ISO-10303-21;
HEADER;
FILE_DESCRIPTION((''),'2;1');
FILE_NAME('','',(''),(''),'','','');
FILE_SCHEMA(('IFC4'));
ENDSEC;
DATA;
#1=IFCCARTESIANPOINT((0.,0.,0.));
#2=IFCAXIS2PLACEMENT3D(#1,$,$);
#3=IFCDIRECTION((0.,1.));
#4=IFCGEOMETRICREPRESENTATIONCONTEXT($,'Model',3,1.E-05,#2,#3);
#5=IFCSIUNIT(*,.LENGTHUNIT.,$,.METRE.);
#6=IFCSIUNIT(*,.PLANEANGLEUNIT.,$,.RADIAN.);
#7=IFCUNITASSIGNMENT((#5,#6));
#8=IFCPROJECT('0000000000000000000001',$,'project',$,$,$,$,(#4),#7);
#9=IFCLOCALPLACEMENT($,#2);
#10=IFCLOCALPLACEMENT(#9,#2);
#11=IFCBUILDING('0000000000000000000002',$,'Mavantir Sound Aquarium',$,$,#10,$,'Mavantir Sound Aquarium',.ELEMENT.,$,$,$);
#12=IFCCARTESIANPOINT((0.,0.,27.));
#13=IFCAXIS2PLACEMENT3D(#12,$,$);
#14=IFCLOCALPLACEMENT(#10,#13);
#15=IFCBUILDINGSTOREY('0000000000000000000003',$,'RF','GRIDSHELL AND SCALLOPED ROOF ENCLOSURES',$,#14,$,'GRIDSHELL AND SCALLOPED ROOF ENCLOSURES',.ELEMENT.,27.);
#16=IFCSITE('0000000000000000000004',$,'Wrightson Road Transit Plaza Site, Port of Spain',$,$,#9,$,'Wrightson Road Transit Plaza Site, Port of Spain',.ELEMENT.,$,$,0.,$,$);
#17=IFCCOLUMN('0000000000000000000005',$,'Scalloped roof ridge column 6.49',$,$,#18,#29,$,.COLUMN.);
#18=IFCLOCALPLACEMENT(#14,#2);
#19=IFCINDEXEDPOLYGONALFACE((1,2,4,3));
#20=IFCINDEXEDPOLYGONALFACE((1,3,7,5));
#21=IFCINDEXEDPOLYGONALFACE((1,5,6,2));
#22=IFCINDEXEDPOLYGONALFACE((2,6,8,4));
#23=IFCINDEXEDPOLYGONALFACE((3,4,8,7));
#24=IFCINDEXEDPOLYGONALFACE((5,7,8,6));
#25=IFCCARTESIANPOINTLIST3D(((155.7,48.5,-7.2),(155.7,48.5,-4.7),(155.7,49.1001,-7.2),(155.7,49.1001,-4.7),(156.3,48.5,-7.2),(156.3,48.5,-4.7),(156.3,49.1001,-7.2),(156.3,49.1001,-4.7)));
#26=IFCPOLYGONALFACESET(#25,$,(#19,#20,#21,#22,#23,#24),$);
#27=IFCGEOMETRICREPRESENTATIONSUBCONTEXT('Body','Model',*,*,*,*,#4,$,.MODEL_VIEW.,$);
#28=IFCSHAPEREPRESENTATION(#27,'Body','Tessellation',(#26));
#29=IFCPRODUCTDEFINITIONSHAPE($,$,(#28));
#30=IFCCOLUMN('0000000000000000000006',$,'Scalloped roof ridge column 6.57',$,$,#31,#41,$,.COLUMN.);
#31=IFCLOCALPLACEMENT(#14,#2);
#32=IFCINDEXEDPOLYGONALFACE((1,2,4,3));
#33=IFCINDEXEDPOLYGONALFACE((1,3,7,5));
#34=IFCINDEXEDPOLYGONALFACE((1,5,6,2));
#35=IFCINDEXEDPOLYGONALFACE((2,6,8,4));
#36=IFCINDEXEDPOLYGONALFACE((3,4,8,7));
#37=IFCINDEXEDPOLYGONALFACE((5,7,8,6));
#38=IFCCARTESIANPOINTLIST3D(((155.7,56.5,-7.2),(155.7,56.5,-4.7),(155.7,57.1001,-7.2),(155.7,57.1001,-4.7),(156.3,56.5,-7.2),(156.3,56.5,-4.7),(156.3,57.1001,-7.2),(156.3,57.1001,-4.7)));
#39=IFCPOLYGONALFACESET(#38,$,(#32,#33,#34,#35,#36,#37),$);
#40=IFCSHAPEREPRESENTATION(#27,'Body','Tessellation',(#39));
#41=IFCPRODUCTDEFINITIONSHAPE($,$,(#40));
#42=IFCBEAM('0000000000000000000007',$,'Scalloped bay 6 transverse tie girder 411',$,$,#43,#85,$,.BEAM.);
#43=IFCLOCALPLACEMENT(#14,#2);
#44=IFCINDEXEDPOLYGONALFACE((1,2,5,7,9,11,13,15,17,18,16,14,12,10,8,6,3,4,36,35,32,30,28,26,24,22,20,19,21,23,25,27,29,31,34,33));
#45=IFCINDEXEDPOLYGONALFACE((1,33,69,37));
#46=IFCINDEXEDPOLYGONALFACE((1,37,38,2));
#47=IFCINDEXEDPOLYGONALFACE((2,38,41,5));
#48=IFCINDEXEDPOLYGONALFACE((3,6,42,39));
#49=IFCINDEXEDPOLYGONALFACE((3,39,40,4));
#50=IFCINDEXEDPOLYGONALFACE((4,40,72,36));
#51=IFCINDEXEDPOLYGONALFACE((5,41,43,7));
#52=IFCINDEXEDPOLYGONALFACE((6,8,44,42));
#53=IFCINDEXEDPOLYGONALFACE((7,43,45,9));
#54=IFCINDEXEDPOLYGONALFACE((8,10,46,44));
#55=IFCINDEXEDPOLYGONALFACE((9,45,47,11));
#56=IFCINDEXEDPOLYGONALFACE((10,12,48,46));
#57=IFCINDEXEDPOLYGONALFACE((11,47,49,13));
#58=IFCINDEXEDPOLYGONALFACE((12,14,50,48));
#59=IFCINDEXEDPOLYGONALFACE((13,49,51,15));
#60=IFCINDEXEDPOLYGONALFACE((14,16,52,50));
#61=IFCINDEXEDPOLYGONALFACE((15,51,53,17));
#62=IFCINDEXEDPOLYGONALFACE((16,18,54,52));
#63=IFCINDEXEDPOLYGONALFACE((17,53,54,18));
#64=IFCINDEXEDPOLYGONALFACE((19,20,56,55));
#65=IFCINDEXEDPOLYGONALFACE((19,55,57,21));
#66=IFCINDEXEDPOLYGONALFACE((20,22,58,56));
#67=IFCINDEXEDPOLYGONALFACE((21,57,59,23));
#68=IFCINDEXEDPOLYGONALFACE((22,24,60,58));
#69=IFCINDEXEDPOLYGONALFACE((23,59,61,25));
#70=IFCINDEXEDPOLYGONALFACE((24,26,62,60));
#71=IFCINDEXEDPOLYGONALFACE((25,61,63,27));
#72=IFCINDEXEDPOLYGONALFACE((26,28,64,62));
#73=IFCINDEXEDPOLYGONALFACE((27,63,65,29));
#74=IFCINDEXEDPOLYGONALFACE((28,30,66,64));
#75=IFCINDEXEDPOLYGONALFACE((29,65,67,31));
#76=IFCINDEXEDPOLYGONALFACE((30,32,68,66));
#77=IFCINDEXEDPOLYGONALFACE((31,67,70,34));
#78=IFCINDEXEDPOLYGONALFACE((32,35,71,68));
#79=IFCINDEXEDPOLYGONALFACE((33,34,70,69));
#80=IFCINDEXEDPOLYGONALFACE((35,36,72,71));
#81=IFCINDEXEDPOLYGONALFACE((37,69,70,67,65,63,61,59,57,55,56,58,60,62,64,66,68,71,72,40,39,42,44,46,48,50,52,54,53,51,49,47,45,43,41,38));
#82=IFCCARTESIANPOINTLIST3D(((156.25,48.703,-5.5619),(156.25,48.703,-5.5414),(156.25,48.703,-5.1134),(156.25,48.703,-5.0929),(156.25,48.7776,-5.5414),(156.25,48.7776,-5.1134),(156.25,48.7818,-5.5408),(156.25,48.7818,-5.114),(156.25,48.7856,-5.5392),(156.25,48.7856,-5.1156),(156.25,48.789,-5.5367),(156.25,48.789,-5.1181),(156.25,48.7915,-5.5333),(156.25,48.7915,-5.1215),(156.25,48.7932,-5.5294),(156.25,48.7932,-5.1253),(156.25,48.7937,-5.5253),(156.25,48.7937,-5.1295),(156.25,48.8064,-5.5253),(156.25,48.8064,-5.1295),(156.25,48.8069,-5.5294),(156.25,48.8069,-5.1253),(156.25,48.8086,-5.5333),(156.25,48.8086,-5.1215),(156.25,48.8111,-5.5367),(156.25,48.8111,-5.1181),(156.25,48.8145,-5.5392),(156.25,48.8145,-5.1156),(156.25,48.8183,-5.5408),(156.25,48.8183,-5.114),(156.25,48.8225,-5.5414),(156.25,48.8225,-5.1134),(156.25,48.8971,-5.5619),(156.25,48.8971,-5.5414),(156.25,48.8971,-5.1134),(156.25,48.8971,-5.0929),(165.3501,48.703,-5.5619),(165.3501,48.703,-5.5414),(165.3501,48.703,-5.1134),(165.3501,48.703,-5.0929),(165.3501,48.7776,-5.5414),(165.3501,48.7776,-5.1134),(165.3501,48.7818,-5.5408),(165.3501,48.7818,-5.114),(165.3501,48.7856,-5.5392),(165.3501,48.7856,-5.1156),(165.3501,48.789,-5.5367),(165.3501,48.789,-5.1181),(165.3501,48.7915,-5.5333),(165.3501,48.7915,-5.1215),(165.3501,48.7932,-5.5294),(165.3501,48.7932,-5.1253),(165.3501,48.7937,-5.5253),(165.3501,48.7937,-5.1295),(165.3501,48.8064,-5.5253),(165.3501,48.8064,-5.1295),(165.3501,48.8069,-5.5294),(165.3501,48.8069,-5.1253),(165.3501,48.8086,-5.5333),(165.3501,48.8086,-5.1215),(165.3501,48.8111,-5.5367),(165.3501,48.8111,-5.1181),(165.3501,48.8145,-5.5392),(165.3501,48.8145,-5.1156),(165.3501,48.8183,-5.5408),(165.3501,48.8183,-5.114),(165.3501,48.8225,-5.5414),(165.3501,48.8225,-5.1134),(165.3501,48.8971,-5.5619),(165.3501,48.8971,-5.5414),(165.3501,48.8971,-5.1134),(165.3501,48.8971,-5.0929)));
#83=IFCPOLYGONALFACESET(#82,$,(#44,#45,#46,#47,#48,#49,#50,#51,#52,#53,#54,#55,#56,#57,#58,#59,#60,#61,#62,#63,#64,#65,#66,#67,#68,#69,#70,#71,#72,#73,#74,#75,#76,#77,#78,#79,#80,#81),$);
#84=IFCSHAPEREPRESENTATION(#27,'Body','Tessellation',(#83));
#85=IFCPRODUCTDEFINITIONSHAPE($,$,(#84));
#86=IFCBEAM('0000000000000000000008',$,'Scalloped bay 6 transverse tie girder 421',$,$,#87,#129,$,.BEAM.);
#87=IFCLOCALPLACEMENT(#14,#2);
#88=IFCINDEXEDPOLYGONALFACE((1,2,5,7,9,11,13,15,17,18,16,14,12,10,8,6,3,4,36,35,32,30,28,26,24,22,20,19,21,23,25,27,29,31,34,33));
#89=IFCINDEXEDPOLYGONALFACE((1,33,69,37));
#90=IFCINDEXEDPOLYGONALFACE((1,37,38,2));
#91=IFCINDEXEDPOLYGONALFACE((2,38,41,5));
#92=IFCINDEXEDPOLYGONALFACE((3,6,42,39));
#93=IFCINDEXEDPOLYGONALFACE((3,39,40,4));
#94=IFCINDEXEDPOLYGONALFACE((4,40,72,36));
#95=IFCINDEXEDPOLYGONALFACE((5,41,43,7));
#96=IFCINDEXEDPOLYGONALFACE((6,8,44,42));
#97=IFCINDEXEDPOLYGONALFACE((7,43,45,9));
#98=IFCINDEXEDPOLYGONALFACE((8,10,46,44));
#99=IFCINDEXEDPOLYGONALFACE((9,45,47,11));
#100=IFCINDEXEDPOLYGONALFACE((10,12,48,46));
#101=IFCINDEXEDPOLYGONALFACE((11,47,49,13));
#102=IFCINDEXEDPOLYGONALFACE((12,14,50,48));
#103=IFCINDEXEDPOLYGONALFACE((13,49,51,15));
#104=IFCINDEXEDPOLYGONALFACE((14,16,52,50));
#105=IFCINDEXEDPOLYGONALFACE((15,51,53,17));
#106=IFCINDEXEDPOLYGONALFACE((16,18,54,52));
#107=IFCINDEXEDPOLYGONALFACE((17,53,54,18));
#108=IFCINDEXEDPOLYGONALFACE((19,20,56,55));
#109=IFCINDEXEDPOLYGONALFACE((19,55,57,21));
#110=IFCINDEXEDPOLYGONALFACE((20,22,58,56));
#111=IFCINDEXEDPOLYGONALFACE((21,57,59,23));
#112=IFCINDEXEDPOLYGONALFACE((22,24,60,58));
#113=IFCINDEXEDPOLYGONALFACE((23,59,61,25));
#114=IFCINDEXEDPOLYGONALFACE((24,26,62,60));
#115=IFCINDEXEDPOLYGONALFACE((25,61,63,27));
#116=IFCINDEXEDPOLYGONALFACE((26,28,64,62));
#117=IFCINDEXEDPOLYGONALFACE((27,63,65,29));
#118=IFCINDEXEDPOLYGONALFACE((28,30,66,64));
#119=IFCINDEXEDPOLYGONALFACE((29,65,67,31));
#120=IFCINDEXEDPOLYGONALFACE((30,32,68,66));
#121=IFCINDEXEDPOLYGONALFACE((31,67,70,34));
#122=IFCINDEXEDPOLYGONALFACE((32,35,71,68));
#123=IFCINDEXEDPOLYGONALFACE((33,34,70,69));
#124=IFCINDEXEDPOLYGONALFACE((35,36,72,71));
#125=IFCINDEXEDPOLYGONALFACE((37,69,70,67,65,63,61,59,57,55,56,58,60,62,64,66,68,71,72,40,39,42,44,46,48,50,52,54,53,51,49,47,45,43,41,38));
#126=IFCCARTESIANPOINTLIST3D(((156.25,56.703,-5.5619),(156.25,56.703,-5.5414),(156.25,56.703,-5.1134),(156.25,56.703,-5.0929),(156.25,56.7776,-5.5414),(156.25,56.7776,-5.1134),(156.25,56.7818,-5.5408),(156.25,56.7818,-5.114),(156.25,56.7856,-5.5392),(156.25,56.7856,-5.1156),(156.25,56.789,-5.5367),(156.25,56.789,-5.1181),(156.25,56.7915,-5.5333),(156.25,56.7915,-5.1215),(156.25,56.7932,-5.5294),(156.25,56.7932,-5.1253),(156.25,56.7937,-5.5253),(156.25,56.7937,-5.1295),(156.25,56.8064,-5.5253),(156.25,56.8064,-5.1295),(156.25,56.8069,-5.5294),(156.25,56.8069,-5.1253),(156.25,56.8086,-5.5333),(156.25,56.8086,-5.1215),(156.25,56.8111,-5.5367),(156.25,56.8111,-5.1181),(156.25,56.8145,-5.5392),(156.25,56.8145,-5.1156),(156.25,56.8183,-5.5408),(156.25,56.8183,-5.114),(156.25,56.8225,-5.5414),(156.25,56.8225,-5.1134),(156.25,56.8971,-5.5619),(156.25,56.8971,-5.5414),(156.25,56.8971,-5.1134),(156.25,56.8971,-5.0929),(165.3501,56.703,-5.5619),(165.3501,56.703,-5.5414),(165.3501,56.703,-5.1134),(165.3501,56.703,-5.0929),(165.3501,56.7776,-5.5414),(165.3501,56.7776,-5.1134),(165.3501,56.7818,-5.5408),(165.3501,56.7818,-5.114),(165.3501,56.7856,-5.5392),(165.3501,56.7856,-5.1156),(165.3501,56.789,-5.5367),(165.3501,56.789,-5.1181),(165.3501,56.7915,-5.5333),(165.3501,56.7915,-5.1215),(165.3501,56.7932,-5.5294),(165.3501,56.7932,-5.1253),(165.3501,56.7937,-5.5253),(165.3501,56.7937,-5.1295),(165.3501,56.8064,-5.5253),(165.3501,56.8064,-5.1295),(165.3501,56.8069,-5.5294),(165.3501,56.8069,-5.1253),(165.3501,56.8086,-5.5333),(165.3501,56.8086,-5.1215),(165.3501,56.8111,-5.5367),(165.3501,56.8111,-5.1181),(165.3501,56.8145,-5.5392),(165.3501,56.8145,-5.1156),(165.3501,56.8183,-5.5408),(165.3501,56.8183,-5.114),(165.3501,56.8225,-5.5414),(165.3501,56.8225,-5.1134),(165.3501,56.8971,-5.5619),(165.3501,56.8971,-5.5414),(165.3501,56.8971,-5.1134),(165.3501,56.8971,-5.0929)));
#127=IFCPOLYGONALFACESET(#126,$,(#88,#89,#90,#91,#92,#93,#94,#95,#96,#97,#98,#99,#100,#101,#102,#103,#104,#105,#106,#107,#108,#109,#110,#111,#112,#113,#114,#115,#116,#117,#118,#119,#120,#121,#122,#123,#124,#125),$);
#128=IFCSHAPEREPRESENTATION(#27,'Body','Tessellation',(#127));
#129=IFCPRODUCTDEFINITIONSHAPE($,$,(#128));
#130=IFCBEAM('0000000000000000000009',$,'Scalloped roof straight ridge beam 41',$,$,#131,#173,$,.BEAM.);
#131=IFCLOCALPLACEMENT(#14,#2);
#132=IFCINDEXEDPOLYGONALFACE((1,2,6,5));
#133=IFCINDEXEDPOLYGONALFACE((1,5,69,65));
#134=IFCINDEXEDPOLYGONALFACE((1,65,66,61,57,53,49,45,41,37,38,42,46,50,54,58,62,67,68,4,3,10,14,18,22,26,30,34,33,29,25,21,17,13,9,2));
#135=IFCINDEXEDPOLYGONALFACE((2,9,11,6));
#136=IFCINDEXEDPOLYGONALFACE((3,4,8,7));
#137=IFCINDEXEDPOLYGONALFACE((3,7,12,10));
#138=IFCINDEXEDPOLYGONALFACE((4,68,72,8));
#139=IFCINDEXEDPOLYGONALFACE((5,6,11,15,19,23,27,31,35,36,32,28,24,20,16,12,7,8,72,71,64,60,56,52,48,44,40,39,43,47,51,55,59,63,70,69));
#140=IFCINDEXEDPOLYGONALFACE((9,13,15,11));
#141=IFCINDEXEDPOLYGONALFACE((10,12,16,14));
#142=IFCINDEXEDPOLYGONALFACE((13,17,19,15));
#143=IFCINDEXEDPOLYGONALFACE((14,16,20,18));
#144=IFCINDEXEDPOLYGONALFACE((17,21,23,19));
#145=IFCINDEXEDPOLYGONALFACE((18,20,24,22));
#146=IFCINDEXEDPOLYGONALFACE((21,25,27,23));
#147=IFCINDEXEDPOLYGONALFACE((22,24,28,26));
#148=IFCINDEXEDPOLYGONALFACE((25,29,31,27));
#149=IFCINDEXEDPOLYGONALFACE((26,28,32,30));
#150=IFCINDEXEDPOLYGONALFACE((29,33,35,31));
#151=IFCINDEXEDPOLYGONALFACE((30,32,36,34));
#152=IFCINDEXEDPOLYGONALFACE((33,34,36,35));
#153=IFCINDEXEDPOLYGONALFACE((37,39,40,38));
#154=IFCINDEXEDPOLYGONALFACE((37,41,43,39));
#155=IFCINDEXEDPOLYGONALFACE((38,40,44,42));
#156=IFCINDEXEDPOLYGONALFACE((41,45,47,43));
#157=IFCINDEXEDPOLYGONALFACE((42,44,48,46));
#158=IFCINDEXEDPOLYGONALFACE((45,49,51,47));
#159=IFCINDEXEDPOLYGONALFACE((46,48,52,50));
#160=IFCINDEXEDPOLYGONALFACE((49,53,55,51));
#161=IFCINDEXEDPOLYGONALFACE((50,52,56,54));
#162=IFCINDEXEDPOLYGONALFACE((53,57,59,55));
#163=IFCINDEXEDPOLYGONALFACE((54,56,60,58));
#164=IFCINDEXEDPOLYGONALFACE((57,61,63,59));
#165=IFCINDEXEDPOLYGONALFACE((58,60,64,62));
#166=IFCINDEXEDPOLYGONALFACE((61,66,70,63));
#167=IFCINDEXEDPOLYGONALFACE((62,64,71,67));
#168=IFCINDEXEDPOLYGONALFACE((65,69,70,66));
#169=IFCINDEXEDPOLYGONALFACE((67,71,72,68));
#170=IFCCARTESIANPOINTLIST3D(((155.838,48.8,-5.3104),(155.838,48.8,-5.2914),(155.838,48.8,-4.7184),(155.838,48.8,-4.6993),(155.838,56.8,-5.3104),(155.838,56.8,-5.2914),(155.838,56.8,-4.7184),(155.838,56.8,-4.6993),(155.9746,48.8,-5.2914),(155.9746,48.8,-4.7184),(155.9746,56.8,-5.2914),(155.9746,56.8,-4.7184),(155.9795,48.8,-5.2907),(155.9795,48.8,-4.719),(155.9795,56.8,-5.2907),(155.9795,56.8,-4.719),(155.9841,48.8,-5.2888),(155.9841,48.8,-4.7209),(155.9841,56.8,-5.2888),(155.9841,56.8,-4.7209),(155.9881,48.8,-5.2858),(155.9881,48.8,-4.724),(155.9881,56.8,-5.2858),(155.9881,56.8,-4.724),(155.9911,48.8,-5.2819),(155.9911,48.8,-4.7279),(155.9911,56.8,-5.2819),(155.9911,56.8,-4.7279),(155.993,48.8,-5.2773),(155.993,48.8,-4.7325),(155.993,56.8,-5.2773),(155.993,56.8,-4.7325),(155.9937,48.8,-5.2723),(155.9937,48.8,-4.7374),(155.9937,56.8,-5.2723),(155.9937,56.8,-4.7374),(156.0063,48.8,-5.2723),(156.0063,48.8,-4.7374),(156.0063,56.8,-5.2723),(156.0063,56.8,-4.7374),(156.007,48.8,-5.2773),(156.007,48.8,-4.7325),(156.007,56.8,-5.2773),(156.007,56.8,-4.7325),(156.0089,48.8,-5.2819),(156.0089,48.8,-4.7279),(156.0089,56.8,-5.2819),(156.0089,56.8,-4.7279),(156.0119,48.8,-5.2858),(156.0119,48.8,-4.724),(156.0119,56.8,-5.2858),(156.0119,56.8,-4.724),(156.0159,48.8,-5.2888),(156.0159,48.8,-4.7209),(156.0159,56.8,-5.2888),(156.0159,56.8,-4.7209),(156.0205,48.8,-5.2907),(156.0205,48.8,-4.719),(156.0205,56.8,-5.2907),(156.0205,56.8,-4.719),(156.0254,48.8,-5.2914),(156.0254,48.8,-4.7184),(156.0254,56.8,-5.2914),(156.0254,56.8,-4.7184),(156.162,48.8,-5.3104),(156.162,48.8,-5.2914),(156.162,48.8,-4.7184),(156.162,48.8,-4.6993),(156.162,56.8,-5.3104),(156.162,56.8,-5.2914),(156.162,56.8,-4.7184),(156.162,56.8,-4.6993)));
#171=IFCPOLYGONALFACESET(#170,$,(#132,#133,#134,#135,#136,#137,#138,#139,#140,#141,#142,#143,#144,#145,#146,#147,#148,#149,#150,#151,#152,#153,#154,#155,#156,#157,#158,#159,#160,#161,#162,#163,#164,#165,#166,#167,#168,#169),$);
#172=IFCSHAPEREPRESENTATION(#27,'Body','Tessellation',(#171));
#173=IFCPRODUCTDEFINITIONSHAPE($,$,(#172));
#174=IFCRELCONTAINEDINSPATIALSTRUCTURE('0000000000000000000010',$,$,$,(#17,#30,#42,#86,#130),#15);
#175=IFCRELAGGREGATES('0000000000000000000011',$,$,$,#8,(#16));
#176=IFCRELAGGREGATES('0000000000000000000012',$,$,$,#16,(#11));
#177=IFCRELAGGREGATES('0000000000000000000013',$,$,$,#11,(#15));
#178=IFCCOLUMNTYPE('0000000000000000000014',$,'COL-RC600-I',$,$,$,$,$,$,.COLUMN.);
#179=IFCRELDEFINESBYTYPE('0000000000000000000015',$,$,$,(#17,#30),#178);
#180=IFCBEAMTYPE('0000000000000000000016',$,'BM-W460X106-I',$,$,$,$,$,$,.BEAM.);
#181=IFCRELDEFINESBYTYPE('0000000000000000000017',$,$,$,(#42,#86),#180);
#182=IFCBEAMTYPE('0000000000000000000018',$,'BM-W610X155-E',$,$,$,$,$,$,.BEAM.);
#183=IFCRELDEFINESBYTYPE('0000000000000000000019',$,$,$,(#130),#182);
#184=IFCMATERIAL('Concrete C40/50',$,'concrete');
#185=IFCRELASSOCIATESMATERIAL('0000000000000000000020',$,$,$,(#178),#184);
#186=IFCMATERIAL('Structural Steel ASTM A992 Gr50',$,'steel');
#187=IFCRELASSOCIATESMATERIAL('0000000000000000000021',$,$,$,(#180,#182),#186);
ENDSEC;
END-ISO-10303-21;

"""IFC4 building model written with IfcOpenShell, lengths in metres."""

from ifc_helpers import new_model, si_unit, direction, frame, origin, origin_2d, place, context, subcontext, project, spatial, rectangle, i_section, extrude, material, material_profile, profile_set, type_object, element, save


model = new_model("IFC4")

# Units and contexts
model_context = context("Model", 3, precision=1e-05, world=origin(), true_north=direction((0.0, 1.0)))
body_context = subcontext(model_context, "Body", "Model", "MODEL_VIEW")
ifc_project = project(units=[si_unit("LENGTHUNIT", "METRE"), si_unit("PLANEANGLEUNIT", "RADIAN")], contexts=[model_context])

# Site, building, storey
site_placement = place(None, origin())
site = spatial("IfcSite", under=ifc_project, at=site_placement, Name="Wrightson Road Transit Plaza Site, Port of Spain", LongName="Wrightson Road Transit Plaza Site, Port of Spain", CompositionType="ELEMENT", RefElevation=0.0)
building_placement = place(site_placement, origin())
building = spatial("IfcBuilding", under=site, at=building_placement, Name="Mavantir Sound Aquarium", LongName="Mavantir Sound Aquarium", CompositionType="ELEMENT")
storey_placement = place(building_placement, frame((0.0, 0.0, 27.0)))
storey = spatial("IfcBuildingStorey", under=building, at=storey_placement, Name="RF", Description="GRIDSHELL AND SCALLOPED ROOF ENCLOSURES", LongName="GRIDSHELL AND SCALLOPED ROOF ENCLOSURES", CompositionType="ELEMENT", Elevation=27.0)

# Columns
ifc_material_1 = material(Name="Concrete C40/50", Category="concrete")
ifc_material_profile_1 = material_profile(ifc_material_1, rectangle(XDim=0.6001, YDim=0.6001, at=origin_2d()), Name="RC 600X600")
ifc_profile_set_1 = profile_set([ifc_material_profile_1], Name="Concrete C40/50")
column_type = type_object("IfcColumnType", Name="COL-RC600-I", PredefinedType="COLUMN", material=ifc_profile_set_1)
for number, where, z_axis, x_axis, name in (
    (1, (156.0, 48.8, -7.2), (0.0, 0.0, 1.0), (1.0, 0.0, 0.0), "Scalloped roof ridge column 6.49"),
    (2, (156.0, 56.8, -7.2), (0.0, 0.0, 1.0), (1.0, 0.0, 0.0), "Scalloped roof ridge column 6.57"),
):
    element("IfcColumn", number, at=place(storey_placement, frame(where, z_axis=z_axis, x_axis=x_axis)), inside=storey, type_object=column_type, Name=name, PredefinedType="COLUMN", context=body_context, shape_type="SweptSolid", body=[
        extrude(rectangle(XDim=0.6001, YDim=0.6001, at=origin_2d()), origin(), (0.0, 0.0, 1.0), 2.5),
    ])

# Beams
ifc_material_2 = material(Name="Structural Steel ASTM A992 Gr50", Category="steel")
ifc_material_profile_2 = material_profile(ifc_material_2, i_section(OverallWidth=0.1941, OverallDepth=0.469, WebThickness=0.0127, FlangeThickness=0.0205, FilletRadius=0.0161, at=origin_2d()), Name="W460X106")
ifc_profile_set_2 = profile_set([ifc_material_profile_2], Name="Structural Steel ASTM A992 Gr50")
beam_type_1 = type_object("IfcBeamType", Name="BM-W460X106-I", PredefinedType="BEAM", material=ifc_profile_set_2)
for number, where, z_axis, x_axis, name in (
    (3, (156.25, 48.8, -5.3274), (1.0, 0.0, 0.0), (0.0, 1.0, 0.0), "Scalloped bay 6 transverse tie girder 411"),
    (4, (156.25, 56.8, -5.3274), (1.0, 0.0, 0.0), (0.0, 1.0, 0.0), "Scalloped bay 6 transverse tie girder 421"),
):
    element("IfcBeam", number, at=place(storey_placement, frame(where, z_axis=z_axis, x_axis=x_axis)), inside=storey, type_object=beam_type_1, Name=name, PredefinedType="BEAM", context=body_context, shape_type="SweptSolid", body=[
        extrude(i_section(OverallWidth=0.1941, OverallDepth=0.469, WebThickness=0.0127, FlangeThickness=0.0205, FilletRadius=0.0161, at=origin_2d()), origin(), (0.0, 0.0, 1.0), 9.1001),
    ])
ifc_material_profile_3 = material_profile(ifc_material_2, i_section(OverallWidth=0.324, OverallDepth=0.6111, WebThickness=0.0127, FlangeThickness=0.019, FilletRadius=0.019, at=origin_2d()), Name="W610X155")
ifc_profile_set_3 = profile_set([ifc_material_profile_3], Name="Structural Steel ASTM A992 Gr50")
beam_type_2 = type_object("IfcBeamType", Name="BM-W610X155-E", PredefinedType="BEAM", material=ifc_profile_set_3)
beam_1_placement = place(storey_placement, frame((156.0, 48.8, -5.0049), z_axis=(0.0, 1.0, 0.0), x_axis=(-1.0, 0.0, 0.0)))
element("IfcBeam", 5, at=beam_1_placement, inside=storey, type_object=beam_type_2, Name="Scalloped roof straight ridge beam 41", PredefinedType="BEAM", context=body_context, shape_type="SweptSolid", body=[
    extrude(i_section(OverallWidth=0.324, OverallDepth=0.6111, WebThickness=0.0127, FlangeThickness=0.019, FilletRadius=0.019, at=origin_2d()), origin(), (0.0, 0.0, 1.0), 8.0),
])

save(model, "model.ifc")
